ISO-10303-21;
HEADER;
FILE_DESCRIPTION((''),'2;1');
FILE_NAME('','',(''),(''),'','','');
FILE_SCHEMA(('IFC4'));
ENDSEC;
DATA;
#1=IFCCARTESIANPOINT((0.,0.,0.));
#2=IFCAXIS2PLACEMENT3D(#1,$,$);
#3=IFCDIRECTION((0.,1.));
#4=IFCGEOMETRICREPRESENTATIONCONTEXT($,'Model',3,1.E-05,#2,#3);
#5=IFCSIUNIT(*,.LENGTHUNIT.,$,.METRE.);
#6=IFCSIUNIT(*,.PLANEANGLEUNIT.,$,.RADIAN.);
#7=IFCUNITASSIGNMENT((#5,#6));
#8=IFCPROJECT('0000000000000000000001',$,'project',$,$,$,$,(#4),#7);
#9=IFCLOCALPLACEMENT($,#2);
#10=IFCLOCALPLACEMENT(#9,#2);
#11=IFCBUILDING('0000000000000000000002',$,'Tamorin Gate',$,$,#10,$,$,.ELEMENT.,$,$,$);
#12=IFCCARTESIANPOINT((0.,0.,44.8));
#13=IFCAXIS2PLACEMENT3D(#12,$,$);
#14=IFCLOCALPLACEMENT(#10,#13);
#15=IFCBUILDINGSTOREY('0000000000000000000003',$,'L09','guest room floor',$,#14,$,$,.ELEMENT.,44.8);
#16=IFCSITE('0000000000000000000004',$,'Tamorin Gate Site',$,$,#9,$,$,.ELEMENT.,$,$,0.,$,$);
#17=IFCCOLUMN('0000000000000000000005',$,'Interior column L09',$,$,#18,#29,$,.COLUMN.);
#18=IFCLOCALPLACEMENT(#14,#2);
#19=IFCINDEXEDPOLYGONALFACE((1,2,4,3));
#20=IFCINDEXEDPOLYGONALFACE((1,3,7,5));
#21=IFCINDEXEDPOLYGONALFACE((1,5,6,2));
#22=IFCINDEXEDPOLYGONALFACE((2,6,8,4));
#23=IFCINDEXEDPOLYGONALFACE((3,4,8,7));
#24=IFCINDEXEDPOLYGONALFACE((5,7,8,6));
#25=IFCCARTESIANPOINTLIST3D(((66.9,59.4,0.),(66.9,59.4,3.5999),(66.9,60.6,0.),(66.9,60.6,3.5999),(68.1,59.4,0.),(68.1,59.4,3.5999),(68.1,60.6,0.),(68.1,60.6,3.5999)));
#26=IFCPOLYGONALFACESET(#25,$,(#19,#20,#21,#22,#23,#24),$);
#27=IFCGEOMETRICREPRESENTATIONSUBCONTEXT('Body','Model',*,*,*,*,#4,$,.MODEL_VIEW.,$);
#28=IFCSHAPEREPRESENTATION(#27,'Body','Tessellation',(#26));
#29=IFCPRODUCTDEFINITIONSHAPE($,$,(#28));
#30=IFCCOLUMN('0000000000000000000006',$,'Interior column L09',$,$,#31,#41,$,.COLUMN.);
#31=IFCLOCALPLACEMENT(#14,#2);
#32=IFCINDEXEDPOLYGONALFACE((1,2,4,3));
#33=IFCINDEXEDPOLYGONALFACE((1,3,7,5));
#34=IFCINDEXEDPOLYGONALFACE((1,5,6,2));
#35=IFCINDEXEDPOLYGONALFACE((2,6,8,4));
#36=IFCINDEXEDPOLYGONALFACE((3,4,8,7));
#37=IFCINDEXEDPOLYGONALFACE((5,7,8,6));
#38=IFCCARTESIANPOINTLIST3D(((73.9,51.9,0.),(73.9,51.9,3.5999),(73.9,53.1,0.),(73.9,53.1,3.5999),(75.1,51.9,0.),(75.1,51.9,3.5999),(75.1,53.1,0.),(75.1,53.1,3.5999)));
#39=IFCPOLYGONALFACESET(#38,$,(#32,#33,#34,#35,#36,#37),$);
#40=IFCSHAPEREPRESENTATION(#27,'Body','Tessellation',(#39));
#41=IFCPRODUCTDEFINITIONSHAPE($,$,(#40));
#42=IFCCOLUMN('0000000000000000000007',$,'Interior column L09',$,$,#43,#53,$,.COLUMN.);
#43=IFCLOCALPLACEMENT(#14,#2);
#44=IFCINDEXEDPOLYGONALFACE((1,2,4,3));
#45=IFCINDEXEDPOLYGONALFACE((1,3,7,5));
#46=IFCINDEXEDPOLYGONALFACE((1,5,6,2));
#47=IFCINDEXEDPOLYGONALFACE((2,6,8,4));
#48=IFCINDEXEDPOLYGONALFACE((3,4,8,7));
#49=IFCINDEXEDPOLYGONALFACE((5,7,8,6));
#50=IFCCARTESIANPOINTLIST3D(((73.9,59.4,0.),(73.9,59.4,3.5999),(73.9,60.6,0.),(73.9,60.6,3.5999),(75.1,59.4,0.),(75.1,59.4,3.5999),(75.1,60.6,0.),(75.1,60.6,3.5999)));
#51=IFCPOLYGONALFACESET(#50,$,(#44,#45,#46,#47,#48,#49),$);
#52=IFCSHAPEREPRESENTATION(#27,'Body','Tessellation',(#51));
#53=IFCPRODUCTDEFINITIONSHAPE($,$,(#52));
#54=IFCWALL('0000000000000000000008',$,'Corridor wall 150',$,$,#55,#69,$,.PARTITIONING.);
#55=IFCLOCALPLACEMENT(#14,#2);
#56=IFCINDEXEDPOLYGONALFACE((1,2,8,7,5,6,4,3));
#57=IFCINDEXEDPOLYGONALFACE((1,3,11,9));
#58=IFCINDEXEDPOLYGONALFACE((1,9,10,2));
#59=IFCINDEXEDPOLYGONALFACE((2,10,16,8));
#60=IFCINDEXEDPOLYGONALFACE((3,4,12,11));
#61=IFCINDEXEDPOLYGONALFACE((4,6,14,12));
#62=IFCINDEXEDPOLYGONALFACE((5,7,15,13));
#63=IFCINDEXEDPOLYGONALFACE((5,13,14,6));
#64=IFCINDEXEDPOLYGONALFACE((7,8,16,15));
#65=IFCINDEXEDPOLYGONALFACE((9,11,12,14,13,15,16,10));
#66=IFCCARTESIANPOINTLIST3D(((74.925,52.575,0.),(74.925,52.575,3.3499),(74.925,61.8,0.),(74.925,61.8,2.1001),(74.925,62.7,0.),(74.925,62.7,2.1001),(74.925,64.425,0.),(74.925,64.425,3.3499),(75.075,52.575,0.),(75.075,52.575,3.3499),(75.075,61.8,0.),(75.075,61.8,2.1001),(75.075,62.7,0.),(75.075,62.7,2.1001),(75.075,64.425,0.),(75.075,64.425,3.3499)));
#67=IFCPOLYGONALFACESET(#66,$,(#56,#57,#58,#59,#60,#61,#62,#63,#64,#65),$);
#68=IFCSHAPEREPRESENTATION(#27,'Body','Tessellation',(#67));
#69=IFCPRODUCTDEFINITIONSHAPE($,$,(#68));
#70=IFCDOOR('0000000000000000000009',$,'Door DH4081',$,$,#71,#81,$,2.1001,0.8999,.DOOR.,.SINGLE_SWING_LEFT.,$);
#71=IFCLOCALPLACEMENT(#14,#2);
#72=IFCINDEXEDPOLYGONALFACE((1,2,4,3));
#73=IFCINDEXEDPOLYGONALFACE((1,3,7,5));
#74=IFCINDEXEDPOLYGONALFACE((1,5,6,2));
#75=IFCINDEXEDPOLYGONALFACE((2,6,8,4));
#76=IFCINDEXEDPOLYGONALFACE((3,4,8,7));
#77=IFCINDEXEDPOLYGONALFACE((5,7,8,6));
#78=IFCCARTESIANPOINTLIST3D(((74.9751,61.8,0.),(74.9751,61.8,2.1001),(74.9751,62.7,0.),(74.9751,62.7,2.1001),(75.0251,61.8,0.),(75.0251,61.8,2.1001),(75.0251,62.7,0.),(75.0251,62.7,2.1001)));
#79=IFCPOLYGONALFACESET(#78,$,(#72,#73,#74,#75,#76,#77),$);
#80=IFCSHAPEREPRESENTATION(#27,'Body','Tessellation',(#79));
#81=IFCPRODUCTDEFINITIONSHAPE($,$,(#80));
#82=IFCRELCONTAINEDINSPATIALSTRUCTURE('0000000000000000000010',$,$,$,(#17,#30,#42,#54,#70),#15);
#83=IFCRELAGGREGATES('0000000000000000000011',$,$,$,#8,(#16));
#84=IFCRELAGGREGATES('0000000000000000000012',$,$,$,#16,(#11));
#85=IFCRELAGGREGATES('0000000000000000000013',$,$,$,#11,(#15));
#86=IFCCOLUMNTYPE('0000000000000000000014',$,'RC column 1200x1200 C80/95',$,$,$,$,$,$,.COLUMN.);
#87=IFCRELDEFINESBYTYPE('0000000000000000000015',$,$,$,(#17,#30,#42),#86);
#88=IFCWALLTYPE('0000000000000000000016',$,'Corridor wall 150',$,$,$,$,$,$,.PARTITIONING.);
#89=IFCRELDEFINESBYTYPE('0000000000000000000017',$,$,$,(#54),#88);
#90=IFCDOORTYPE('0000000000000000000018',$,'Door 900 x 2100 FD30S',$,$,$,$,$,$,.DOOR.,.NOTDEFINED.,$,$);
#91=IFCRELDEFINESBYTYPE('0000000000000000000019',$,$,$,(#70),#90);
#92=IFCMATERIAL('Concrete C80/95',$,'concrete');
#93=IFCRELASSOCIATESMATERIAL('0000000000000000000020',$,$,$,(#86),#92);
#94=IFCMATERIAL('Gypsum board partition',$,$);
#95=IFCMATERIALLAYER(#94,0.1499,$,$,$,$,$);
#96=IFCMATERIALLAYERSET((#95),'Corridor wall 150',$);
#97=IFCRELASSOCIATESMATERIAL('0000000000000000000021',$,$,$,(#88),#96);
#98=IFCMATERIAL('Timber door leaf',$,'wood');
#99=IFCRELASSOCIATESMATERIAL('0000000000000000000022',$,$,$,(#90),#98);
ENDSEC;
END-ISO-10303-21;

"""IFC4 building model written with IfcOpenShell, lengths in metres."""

from ifc_helpers import new_model, si_unit, direction, frame, frame_2d, origin, origin_2d, place, context, subcontext, project, spatial, rectangle, extrude, material, layer, layer_set, material_profile, profile_set, type_object, element, fill, save


model = new_model("IFC4")

# Units and contexts
model_context = context("Model", 3, precision=1e-05, world=origin(), true_north=direction((0.0, 1.0)))
body_context = subcontext(model_context, "Body", "Model", "MODEL_VIEW")
ifc_project = project(units=[si_unit("LENGTHUNIT", "METRE"), si_unit("PLANEANGLEUNIT", "RADIAN")], contexts=[model_context])

# Site, building, storey
site_placement = place(None, origin())
site = spatial("IfcSite", under=ifc_project, at=site_placement, Name="Tamorin Gate Site", CompositionType="ELEMENT", RefElevation=0.0)
building_placement = place(site_placement, origin())
building = spatial("IfcBuilding", under=site, at=building_placement, Name="Tamorin Gate", CompositionType="ELEMENT")
storey_placement = place(building_placement, frame((0.0, 0.0, 44.8)))
storey = spatial("IfcBuildingStorey", under=building, at=storey_placement, Name="L09", Description="guest room floor", CompositionType="ELEMENT", Elevation=44.8)

# Columns
ifc_material_1 = material(Name="Concrete C80/95", Category="concrete")
ifc_material_profile = material_profile(ifc_material_1, rectangle(XDim=1.2, YDim=1.2, at=origin_2d()), Name="RC 1200x1200")
ifc_profile_set = profile_set([ifc_material_profile], Name="Concrete C80/95")
column_type = type_object("IfcColumnType", Name="RC column 1200x1200 C80/95", PredefinedType="COLUMN", material=ifc_profile_set)
for number, where, z_axis, x_axis, name in (
    (1, (67.5, 60.0, 0.0), (0.0, 0.0, 1.0), (1.0, 0.0, 0.0), "Interior column L09"),
    (2, (74.5, 52.5, 0.0), (0.0, 0.0, 1.0), (1.0, 0.0, 0.0), "Interior column L09"),
    (3, (74.5, 60.0, 0.0), (0.0, 0.0, 1.0), (1.0, 0.0, 0.0), "Interior column L09"),
):
    element("IfcColumn", number, at=place(storey_placement, frame(where, z_axis=z_axis, x_axis=x_axis)), inside=storey, type_object=column_type, Name=name, PredefinedType="COLUMN", context=body_context, shape_type="SweptSolid", body=[
        extrude(rectangle(XDim=1.2, YDim=1.2, at=origin_2d()), origin(), (0.0, 0.0, 1.0), 3.5999),
    ])

# Wall, opening, door
ifc_material_2 = material(Name="Gypsum board partition")
ifc_layer_1 = layer(ifc_material_2, 0.1499)
ifc_layer_set_1 = layer_set([ifc_layer_1], Name="Corridor wall 150")
wall_type_1 = type_object("IfcWallType", Name="Corridor wall 150", PredefinedType="PARTITIONING", material=ifc_layer_set_1)
wall_1_placement = place(storey_placement, frame((75.0, 52.575, 0.0), z_axis=(0.0, 0.0, 1.0), x_axis=(0.0, 1.0, 0.0)))
wall_1 = element("IfcWall", 4, at=wall_1_placement, inside=storey, type_object=wall_type_1, Name="Corridor wall 150", PredefinedType="PARTITIONING", context=body_context, shape_type="SweptSolid", body=[
    extrude(rectangle(XDim=11.8501, YDim=0.1499, at=frame_2d((5.925, 0.0))), origin(), (0.0, 0.0, 1.0), 3.3499),
])
opening_1_placement = place(wall_1_placement, frame((9.2251, 0.0, 0.0)))
opening_1 = element("IfcOpeningElement", 5, at=opening_1_placement, cuts=wall_1, PredefinedType="OPENING", context=body_context, shape_type="SweptSolid", body=[
    extrude(rectangle(XDim=0.8999, YDim=2.1001, at=frame_2d((0.45, 1.05))), frame((0.0, 0.085, 0.0), z_axis=(0.0, -1.0, 0.0), x_axis=(1.0, 0.0, 0.0)), (0.0, 0.0, 1.0), 0.1699),
])
ifc_material_3 = material(Name="Timber door leaf", Category="wood")
door_type_1 = type_object("IfcDoorType", Name="Door 900 x 2100 FD30S", OperationType="NOTDEFINED", PredefinedType="DOOR", material=ifc_material_3)
door_1_placement = place(opening_1_placement, origin())
door_1 = element("IfcDoor", 6, at=door_1_placement, inside=storey, type_object=door_type_1, Name="Door DH4081", OperationType="SINGLE_SWING_LEFT", OverallHeight=2.1001, OverallWidth=0.8999, PredefinedType="DOOR", context=body_context, shape_type="SweptSolid", body=[
    extrude(rectangle(XDim=0.8999, YDim=2.1001, at=frame_2d((0.45, 1.05))), frame((0.0, 0.0249, 0.0), z_axis=(0.0, -1.0, 0.0), x_axis=(1.0, 0.0, 0.0)), (0.0, 0.0, 1.0), 0.05),
])
fill(opening_1, door_1)

save(model, "model.ifc")
